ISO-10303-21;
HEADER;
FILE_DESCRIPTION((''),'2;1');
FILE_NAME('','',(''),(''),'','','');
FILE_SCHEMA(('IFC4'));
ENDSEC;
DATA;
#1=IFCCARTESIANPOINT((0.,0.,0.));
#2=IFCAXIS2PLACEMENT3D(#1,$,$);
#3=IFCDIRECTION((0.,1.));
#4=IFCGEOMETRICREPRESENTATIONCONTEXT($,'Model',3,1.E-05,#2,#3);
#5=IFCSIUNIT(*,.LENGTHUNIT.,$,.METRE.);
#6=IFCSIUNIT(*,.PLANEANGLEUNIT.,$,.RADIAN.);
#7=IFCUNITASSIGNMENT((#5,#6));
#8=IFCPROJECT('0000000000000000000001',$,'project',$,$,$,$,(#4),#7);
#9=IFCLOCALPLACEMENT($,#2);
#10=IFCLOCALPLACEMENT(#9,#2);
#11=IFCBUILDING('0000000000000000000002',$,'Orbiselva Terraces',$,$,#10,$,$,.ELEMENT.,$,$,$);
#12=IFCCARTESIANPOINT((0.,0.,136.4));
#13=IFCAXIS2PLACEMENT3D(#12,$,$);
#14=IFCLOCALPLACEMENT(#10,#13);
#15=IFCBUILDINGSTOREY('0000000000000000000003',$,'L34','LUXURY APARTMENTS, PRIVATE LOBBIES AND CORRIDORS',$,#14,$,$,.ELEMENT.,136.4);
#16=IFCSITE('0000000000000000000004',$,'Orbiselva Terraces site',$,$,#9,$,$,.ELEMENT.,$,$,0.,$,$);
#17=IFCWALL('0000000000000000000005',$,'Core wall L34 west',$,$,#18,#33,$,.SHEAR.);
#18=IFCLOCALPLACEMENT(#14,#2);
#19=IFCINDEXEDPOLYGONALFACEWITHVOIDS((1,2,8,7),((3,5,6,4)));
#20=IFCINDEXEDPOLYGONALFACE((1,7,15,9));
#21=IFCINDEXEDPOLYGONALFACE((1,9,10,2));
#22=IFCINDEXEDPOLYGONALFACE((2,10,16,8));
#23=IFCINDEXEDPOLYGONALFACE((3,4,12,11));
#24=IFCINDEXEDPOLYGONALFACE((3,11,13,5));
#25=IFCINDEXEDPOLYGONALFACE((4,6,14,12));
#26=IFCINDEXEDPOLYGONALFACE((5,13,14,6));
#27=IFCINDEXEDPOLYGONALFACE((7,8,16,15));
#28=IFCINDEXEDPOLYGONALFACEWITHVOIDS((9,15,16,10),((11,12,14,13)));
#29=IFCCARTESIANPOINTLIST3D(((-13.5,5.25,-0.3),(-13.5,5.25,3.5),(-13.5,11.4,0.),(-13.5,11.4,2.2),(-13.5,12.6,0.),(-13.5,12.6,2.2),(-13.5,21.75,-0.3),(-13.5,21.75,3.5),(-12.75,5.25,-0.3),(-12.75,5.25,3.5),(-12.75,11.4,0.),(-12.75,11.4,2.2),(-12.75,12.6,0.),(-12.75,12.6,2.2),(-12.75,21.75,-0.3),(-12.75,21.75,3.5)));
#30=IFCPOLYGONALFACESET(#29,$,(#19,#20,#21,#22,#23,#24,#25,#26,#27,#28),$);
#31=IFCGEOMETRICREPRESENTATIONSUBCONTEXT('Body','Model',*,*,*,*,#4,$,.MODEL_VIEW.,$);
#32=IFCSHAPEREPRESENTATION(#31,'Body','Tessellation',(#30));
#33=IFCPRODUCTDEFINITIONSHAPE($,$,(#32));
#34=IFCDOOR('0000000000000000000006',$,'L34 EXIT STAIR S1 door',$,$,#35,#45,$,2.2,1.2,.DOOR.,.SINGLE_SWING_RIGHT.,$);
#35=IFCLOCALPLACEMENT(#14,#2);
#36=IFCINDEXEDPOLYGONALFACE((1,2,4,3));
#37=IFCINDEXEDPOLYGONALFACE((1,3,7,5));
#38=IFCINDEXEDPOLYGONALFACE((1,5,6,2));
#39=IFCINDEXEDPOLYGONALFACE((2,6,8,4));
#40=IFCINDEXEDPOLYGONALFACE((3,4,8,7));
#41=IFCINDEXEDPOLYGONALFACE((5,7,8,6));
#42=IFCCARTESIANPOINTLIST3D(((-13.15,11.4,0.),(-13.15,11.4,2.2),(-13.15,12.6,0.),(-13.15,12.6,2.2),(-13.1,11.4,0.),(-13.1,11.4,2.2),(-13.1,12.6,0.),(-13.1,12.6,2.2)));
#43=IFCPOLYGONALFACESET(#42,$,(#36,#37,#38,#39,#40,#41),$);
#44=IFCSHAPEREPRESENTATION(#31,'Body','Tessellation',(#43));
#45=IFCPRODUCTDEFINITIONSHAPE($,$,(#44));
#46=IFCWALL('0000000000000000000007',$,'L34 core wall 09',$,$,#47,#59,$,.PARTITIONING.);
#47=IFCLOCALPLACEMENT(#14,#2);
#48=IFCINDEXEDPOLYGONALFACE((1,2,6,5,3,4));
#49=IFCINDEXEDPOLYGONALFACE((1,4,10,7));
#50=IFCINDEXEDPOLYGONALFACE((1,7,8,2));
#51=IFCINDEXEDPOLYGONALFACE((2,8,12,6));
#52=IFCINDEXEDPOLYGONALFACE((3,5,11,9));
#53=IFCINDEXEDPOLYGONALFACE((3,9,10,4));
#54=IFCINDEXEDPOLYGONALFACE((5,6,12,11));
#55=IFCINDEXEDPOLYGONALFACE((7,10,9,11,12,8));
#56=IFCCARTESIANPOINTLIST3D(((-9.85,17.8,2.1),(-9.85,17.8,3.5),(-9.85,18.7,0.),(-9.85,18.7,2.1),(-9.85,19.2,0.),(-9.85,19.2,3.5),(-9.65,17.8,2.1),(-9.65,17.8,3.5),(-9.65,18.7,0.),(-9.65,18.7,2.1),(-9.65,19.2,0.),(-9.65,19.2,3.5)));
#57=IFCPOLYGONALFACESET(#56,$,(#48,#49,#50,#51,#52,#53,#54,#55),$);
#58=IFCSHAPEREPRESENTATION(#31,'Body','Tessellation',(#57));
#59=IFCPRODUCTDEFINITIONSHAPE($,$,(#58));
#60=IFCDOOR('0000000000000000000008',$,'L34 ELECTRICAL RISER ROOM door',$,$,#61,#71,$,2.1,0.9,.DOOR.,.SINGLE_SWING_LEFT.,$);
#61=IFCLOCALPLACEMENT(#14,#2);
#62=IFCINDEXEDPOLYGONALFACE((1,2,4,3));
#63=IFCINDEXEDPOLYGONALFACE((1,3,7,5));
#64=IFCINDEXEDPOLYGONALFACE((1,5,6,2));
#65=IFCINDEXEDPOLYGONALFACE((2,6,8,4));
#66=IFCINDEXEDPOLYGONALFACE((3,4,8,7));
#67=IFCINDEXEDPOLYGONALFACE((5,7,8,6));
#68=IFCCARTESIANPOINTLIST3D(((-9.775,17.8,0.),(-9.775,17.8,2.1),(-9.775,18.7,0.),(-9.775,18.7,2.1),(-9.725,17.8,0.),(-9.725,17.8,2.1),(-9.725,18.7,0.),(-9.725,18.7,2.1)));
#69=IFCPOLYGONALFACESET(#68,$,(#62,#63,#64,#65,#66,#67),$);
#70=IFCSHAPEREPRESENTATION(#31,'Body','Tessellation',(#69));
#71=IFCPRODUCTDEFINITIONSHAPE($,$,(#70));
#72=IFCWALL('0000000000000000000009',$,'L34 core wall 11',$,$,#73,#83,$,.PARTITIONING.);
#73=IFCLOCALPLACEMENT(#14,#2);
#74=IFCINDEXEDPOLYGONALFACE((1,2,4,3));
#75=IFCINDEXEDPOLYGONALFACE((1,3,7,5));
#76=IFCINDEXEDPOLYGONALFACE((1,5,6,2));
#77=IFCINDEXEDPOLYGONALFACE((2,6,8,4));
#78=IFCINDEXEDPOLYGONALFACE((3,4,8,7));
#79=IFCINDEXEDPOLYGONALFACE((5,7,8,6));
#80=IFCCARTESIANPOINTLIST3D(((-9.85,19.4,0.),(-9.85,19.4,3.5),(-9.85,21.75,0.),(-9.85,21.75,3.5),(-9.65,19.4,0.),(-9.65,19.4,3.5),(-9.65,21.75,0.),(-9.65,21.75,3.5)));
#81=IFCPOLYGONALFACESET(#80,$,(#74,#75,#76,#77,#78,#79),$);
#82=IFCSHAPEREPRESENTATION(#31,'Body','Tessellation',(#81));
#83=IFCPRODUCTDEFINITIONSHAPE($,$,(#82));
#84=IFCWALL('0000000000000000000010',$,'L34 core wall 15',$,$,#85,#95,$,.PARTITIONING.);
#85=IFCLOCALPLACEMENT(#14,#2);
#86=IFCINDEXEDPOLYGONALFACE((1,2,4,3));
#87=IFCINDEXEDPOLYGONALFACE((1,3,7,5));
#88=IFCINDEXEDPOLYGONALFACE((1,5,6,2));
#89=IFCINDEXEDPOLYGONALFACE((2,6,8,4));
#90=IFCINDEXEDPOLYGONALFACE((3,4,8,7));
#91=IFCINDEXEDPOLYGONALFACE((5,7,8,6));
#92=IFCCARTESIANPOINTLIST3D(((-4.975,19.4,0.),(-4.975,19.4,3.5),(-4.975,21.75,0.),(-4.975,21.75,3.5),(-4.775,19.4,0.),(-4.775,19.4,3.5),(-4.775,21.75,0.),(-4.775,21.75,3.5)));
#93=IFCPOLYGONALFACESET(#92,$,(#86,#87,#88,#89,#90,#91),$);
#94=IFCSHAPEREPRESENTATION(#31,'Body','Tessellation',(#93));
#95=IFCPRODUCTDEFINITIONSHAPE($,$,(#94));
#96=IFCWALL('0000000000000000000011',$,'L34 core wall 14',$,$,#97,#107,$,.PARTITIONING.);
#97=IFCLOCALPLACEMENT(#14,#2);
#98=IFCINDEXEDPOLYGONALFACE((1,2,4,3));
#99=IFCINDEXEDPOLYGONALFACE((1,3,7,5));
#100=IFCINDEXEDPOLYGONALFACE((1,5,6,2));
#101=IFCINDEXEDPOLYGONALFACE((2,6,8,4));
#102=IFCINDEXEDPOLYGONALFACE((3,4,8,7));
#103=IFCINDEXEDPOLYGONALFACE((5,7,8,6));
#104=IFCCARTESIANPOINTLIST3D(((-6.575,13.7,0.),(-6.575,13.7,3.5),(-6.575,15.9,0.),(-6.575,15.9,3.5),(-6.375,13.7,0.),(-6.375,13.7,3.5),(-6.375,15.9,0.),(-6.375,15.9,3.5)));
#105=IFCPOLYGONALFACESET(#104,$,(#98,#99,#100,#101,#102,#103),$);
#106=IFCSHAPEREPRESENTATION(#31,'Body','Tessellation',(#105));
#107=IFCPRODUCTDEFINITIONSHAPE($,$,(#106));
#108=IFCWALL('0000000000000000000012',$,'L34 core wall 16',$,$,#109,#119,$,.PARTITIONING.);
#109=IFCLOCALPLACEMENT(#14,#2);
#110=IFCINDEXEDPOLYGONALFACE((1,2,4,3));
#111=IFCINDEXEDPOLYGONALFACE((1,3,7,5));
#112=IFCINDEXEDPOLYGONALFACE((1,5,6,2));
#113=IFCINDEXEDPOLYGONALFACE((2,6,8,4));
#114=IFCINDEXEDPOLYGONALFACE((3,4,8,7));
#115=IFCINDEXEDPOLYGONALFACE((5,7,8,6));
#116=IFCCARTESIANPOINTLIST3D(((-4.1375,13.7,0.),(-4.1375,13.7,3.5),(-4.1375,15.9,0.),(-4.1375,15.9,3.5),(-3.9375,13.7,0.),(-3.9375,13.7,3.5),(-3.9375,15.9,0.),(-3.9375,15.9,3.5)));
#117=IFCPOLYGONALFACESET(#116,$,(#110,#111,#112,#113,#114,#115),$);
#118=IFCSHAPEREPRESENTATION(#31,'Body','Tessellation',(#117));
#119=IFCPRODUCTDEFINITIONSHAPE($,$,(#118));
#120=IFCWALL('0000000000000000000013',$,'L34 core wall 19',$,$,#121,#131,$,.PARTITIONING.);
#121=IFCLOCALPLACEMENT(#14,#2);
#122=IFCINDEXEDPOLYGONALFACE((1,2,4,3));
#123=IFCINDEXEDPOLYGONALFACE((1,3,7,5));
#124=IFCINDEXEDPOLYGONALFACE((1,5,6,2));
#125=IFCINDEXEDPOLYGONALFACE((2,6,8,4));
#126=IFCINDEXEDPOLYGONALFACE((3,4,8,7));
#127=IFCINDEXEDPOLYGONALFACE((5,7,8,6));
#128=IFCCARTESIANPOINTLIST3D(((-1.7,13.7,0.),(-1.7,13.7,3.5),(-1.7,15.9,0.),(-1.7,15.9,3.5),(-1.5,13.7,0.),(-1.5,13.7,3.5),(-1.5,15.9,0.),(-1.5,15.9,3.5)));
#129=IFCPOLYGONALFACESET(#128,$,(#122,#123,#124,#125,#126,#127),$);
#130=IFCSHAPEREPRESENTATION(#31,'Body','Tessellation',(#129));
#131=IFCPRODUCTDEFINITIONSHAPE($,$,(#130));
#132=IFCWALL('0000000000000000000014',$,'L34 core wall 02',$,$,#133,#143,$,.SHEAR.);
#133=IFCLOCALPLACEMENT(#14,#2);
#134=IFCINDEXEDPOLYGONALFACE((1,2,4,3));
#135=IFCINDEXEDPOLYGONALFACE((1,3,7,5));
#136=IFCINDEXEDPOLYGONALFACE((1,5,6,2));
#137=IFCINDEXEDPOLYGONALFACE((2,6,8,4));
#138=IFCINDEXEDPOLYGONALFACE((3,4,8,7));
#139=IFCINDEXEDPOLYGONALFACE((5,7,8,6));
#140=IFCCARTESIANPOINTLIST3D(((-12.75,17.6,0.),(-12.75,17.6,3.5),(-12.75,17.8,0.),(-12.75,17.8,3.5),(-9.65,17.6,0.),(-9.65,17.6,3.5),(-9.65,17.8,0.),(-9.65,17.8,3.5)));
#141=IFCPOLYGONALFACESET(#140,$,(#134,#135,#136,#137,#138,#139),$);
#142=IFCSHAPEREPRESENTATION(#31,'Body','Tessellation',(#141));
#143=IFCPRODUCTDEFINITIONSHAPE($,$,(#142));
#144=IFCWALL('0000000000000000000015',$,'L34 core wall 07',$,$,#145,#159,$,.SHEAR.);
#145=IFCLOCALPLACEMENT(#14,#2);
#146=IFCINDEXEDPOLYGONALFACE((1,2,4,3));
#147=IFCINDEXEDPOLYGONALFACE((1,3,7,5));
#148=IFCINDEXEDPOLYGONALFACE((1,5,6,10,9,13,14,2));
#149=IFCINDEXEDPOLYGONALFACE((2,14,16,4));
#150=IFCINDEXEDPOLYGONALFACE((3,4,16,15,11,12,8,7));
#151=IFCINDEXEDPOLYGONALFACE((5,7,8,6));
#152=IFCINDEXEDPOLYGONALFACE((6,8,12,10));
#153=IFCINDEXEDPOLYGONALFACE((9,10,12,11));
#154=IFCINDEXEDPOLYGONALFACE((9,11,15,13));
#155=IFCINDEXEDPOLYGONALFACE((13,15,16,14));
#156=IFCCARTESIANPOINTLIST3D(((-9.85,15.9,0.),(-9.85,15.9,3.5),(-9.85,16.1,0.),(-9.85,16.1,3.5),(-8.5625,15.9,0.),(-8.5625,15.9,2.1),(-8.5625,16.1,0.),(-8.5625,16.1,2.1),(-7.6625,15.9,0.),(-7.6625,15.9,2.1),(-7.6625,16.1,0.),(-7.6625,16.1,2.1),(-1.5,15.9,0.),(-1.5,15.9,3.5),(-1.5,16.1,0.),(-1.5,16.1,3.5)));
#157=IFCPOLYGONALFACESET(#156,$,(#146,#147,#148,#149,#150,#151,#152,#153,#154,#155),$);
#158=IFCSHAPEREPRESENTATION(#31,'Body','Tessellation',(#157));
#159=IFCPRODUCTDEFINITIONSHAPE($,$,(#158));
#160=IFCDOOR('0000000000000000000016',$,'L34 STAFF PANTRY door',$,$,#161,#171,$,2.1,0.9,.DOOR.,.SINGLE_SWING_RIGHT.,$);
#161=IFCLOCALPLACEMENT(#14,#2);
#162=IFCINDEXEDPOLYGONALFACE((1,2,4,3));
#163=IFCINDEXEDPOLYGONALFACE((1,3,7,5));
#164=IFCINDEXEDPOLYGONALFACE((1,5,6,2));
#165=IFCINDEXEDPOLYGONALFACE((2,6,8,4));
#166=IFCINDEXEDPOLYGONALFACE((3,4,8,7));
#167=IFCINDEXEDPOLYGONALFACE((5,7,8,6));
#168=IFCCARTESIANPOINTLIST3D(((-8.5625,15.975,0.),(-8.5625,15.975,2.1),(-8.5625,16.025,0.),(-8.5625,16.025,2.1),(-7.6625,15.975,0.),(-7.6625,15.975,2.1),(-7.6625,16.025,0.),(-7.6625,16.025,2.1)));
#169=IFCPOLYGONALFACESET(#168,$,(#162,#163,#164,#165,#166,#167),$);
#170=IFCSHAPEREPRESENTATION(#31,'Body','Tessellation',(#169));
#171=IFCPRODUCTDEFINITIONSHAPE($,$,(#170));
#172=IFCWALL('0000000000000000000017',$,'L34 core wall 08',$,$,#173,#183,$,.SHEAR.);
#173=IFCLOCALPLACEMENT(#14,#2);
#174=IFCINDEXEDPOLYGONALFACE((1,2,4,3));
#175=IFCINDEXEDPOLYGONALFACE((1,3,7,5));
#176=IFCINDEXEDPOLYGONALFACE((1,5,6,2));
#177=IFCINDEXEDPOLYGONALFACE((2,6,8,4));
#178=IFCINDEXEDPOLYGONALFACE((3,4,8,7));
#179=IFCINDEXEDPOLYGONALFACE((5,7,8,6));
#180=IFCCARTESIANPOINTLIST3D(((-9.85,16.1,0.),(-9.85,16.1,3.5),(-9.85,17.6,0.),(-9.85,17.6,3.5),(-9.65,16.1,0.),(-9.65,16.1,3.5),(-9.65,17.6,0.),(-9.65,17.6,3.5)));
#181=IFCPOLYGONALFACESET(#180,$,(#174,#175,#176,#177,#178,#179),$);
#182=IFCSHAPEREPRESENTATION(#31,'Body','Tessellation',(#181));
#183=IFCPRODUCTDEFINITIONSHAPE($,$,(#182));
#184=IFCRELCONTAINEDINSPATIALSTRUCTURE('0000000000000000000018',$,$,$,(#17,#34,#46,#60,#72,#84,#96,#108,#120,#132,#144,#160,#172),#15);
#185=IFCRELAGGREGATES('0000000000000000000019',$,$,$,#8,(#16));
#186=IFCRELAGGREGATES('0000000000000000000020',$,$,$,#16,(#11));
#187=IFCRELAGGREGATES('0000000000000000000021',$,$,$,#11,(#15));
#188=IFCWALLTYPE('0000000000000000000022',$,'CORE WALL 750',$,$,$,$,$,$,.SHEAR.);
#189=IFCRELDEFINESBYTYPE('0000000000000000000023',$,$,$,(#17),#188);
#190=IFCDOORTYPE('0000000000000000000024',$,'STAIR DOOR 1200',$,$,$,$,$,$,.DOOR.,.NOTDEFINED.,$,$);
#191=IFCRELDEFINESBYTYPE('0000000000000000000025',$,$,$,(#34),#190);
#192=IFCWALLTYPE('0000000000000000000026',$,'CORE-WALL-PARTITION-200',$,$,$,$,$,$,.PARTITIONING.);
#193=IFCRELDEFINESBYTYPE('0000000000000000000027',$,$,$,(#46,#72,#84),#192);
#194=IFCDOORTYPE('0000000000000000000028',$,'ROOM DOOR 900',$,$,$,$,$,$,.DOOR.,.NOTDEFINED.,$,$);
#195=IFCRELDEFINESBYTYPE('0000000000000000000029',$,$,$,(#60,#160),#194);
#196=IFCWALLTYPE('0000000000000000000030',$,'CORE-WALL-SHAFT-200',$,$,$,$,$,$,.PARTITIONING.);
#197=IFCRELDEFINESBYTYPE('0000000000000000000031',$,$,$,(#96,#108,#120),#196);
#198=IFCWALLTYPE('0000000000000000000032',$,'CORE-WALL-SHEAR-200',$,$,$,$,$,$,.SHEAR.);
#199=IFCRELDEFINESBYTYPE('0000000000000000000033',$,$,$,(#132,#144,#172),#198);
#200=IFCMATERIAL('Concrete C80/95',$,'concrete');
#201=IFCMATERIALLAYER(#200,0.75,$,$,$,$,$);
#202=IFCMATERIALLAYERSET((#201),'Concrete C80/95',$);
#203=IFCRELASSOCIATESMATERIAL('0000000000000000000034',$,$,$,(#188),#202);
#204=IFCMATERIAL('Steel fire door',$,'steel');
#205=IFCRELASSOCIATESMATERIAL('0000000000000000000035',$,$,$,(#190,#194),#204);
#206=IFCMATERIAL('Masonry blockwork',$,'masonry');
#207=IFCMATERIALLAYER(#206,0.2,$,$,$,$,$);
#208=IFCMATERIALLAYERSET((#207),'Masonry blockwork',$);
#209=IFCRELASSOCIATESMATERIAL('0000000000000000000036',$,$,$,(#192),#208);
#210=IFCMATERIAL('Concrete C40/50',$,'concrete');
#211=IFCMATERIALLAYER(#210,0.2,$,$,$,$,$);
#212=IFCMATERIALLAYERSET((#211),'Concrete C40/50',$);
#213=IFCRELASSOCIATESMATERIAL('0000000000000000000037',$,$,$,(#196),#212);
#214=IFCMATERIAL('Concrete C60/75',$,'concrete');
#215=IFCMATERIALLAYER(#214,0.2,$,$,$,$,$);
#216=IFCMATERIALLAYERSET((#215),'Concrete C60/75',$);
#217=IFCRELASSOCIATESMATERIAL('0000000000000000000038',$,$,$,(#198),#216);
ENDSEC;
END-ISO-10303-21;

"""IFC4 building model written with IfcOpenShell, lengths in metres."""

from ifc_helpers import new_model, si_unit, direction, frame, frame_2d, origin, place, context, subcontext, project, spatial, rectangle, extrude, material, layer, layer_set, type_object, element, fill, save


model = new_model("IFC4")

# Units and contexts
model_context = context("Model", 3, precision=1e-05, world=origin(), true_north=direction((0.0, 1.0)))
body_context = subcontext(model_context, "Body", "Model", "MODEL_VIEW")
ifc_project = project(units=[si_unit("LENGTHUNIT", "METRE"), si_unit("PLANEANGLEUNIT", "RADIAN")], contexts=[model_context])

# Site, building, storey
site_placement = place(None, origin())
site = spatial("IfcSite", under=ifc_project, at=site_placement, Name="Orbiselva Terraces site", CompositionType="ELEMENT", RefElevation=0.0)
building_placement = place(site_placement, origin())
building = spatial("IfcBuilding", under=site, at=building_placement, Name="Orbiselva Terraces", CompositionType="ELEMENT")
storey_placement = place(building_placement, frame((0.0, 0.0, 136.4)))
storey = spatial("IfcBuildingStorey", under=building, at=storey_placement, Name="L34", Description="LUXURY APARTMENTS, PRIVATE LOBBIES AND CORRIDORS", CompositionType="ELEMENT", Elevation=136.4)

# Walls, openings, doors
ifc_material_1 = material(Name="Concrete C80/95", Category="concrete")
ifc_layer_1 = layer(ifc_material_1, 0.75)
ifc_layer_set_1 = layer_set([ifc_layer_1], Name="Concrete C80/95")
wall_type_1 = type_object("IfcWallType", Name="CORE WALL 750", PredefinedType="SHEAR", material=ifc_layer_set_1)
wall_1_placement = place(storey_placement, frame((-13.125, 21.75, -0.3), z_axis=(0.0, 0.0, 1.0), x_axis=(0.0, -1.0, 0.0)))
wall_1 = element("IfcWall", 1, at=wall_1_placement, inside=storey, type_object=wall_type_1, Name="Core wall L34 west", PredefinedType="SHEAR", context=body_context, shape_type="SweptSolid", body=[
    extrude(rectangle(XDim=16.5, YDim=0.75, at=frame_2d((8.25, 0.0))), origin(), (0.0, 0.0, 1.0), 3.8),
])
opening_1_placement = place(wall_1_placement, frame((9.15, 0.0, 0.3)))
opening_1 = element("IfcOpeningElement", 2, at=opening_1_placement, cuts=wall_1, PredefinedType="OPENING", context=body_context, shape_type="SweptSolid", body=[
    extrude(rectangle(XDim=1.2, YDim=2.2, at=frame_2d((0.6, 1.1))), frame((0.0, 0.385, 0.0), z_axis=(0.0, -1.0, 0.0), x_axis=(1.0, 0.0, 0.0)), (0.0, 0.0, 1.0), 0.77),
])
ifc_material_2 = material(Name="Steel fire door", Category="steel")
door_type_1 = type_object("IfcDoorType", Name="STAIR DOOR 1200", OperationType="NOTDEFINED", PredefinedType="DOOR", material=ifc_material_2)
door_1_placement = place(opening_1_placement, frame((1.2, 0.0, 0.0), z_axis=(0.0, 0.0, 1.0), x_axis=(-1.0, 0.0, 0.0)))
door_1 = element("IfcDoor", 3, at=door_1_placement, inside=storey, type_object=door_type_1, Name="L34 EXIT STAIR S1 door", OperationType="SINGLE_SWING_RIGHT", OverallHeight=2.2, OverallWidth=1.2, PredefinedType="DOOR", context=body_context, shape_type="SweptSolid", body=[
    extrude(rectangle(XDim=1.2, YDim=2.2, at=frame_2d((0.6, 1.1))), frame((0.0, 0.025, 0.0), z_axis=(0.0, -1.0, 0.0), x_axis=(1.0, 0.0, 0.0)), (0.0, 0.0, 1.0), 0.05),
])
fill(opening_1, door_1)
ifc_material_3 = material(Name="Masonry blockwork", Category="masonry")
ifc_layer_2 = layer(ifc_material_3, 0.2)
ifc_layer_set_2 = layer_set([ifc_layer_2], Name="Masonry blockwork")
wall_type_2 = type_object("IfcWallType", Name="CORE-WALL-PARTITION-200", PredefinedType="PARTITIONING", material=ifc_layer_set_2)
wall_2_placement = place(storey_placement, frame((-9.75, 17.8, 0.0), z_axis=(0.0, 0.0, 1.0), x_axis=(0.0, 1.0, 0.0)))
wall_2 = element("IfcWall", 4, at=wall_2_placement, inside=storey, type_object=wall_type_2, Name="L34 core wall 09", PredefinedType="PARTITIONING", context=body_context, shape_type="SweptSolid", body=[
    extrude(rectangle(XDim=1.4, YDim=0.2, at=frame_2d((0.7, 0.0))), origin(), (0.0, 0.0, 1.0), 3.5),
])
opening_2_placement = place(wall_2_placement, origin())
opening_2 = element("IfcOpeningElement", 5, at=opening_2_placement, cuts=wall_2, PredefinedType="OPENING", context=body_context, shape_type="SweptSolid", body=[
    extrude(rectangle(XDim=0.9, YDim=2.1, at=frame_2d((0.45, 1.05))), frame((0.0, 0.11, 0.0), z_axis=(0.0, -1.0, 0.0), x_axis=(1.0, 0.0, 0.0)), (0.0, 0.0, 1.0), 0.22),
])
door_type_2 = type_object("IfcDoorType", Name="ROOM DOOR 900", OperationType="NOTDEFINED", PredefinedType="DOOR", material=ifc_material_2)
door_2_placement = place(opening_2_placement, origin())
door_2 = element("IfcDoor", 6, at=door_2_placement, inside=storey, type_object=door_type_2, Name="L34 ELECTRICAL RISER ROOM door", OperationType="SINGLE_SWING_LEFT", OverallHeight=2.1, OverallWidth=0.9, PredefinedType="DOOR", context=body_context, shape_type="SweptSolid", body=[
    extrude(rectangle(XDim=0.9, YDim=2.1, at=frame_2d((0.45, 1.05))), frame((0.0, 0.025, 0.0), z_axis=(0.0, -1.0, 0.0), x_axis=(1.0, 0.0, 0.0)), (0.0, 0.0, 1.0), 0.05),
])
fill(opening_2, door_2)

# Walls
for number, where, z_axis, x_axis, name in (
    (7, (-9.75, 19.4, 0.0), (0.0, 0.0, 1.0), (0.0, 1.0, 0.0), "L34 core wall 11"),
    (8, (-4.875, 19.4, 0.0), (0.0, 0.0, 1.0), (0.0, 1.0, 0.0), "L34 core wall 15"),
):
    element("IfcWall", number, at=place(storey_placement, frame(where, z_axis=z_axis, x_axis=x_axis)), inside=storey, type_object=wall_type_2, Name=name, PredefinedType="PARTITIONING", context=body_context, shape_type="SweptSolid", body=[
        extrude(rectangle(XDim=2.35, YDim=0.2, at=frame_2d((1.175, 0.0))), origin(), (0.0, 0.0, 1.0), 3.5),
    ])
ifc_material_4 = material(Name="Concrete C40/50", Category="concrete")
ifc_layer_3 = layer(ifc_material_4, 0.2)
ifc_layer_set_3 = layer_set([ifc_layer_3], Name="Concrete C40/50")
wall_type_3 = type_object("IfcWallType", Name="CORE-WALL-SHAFT-200", PredefinedType="PARTITIONING", material=ifc_layer_set_3)
for number, where, z_axis, x_axis, name in (
    (9, (-6.475, 13.7, 0.0), (0.0, 0.0, 1.0), (0.0, 1.0, 0.0), "L34 core wall 14"),
    (10, (-4.0375, 13.7, 0.0), (0.0, 0.0, 1.0), (0.0, 1.0, 0.0), "L34 core wall 16"),
    (11, (-1.6, 13.7, 0.0), (0.0, 0.0, 1.0), (0.0, 1.0, 0.0), "L34 core wall 19"),
):
    element("IfcWall", number, at=place(storey_placement, frame(where, z_axis=z_axis, x_axis=x_axis)), inside=storey, type_object=wall_type_3, Name=name, PredefinedType="PARTITIONING", context=body_context, shape_type="SweptSolid", body=[
        extrude(rectangle(XDim=2.2, YDim=0.2, at=frame_2d((1.1, 0.0))), origin(), (0.0, 0.0, 1.0), 3.5),
    ])
ifc_material_5 = material(Name="Concrete C60/75", Category="concrete")
ifc_layer_4 = layer(ifc_material_5, 0.2)
ifc_layer_set_4 = layer_set([ifc_layer_4], Name="Concrete C60/75")
wall_type_4 = type_object("IfcWallType", Name="CORE-WALL-SHEAR-200", PredefinedType="SHEAR", material=ifc_layer_set_4)
wall_3_placement = place(storey_placement, frame((-12.75, 17.7, 0.0), z_axis=(0.0, 0.0, 1.0), x_axis=(1.0, 0.0, 0.0)))
element("IfcWall", 12, at=wall_3_placement, inside=storey, type_object=wall_type_4, Name="L34 core wall 02", PredefinedType="SHEAR", context=body_context, shape_type="SweptSolid", body=[
    extrude(rectangle(XDim=3.1, YDim=0.2, at=frame_2d((1.55, 0.0))), origin(), (0.0, 0.0, 1.0), 3.5),
])

# Wall, opening, door
wall_4_placement = place(storey_placement, frame((-1.5, 16.0, 0.0), z_axis=(0.0, 0.0, 1.0), x_axis=(-1.0, 0.0, 0.0)))
wall_4 = element("IfcWall", 13, at=wall_4_placement, inside=storey, type_object=wall_type_4, Name="L34 core wall 07", PredefinedType="SHEAR", context=body_context, shape_type="SweptSolid", body=[
    extrude(rectangle(XDim=8.35, YDim=0.2, at=frame_2d((4.175, 0.0))), origin(), (0.0, 0.0, 1.0), 3.5),
])
opening_3_placement = place(wall_4_placement, frame((6.1625, 0.0, 0.0)))
opening_3 = element("IfcOpeningElement", 14, at=opening_3_placement, cuts=wall_4, PredefinedType="OPENING", context=body_context, shape_type="SweptSolid", body=[
    extrude(rectangle(XDim=0.9, YDim=2.1, at=frame_2d((0.45, 1.05))), frame((0.0, 0.11, 0.0), z_axis=(0.0, -1.0, 0.0), x_axis=(1.0, 0.0, 0.0)), (0.0, 0.0, 1.0), 0.22),
])
door_3_placement = place(opening_3_placement, origin())
door_3 = element("IfcDoor", 15, at=door_3_placement, inside=storey, type_object=door_type_2, Name="L34 STAFF PANTRY door", OperationType="SINGLE_SWING_RIGHT", OverallHeight=2.1, OverallWidth=0.9, PredefinedType="DOOR", context=body_context, shape_type="SweptSolid", body=[
    extrude(rectangle(XDim=0.9, YDim=2.1, at=frame_2d((0.45, 1.05))), frame((0.0, 0.025, 0.0), z_axis=(0.0, -1.0, 0.0), x_axis=(1.0, 0.0, 0.0)), (0.0, 0.0, 1.0), 0.05),
])
fill(opening_3, door_3)

# Wall
wall_5_placement = place(storey_placement, frame((-9.75, 16.1, 0.0), z_axis=(0.0, 0.0, 1.0), x_axis=(0.0, 1.0, 0.0)))
element("IfcWall", 16, at=wall_5_placement, inside=storey, type_object=wall_type_4, Name="L34 core wall 08", PredefinedType="SHEAR", context=body_context, shape_type="SweptSolid", body=[
    extrude(rectangle(XDim=1.5, YDim=0.2, at=frame_2d((0.75, 0.0))), origin(), (0.0, 0.0, 1.0), 3.5),
])

save(model, "model.ifc")
